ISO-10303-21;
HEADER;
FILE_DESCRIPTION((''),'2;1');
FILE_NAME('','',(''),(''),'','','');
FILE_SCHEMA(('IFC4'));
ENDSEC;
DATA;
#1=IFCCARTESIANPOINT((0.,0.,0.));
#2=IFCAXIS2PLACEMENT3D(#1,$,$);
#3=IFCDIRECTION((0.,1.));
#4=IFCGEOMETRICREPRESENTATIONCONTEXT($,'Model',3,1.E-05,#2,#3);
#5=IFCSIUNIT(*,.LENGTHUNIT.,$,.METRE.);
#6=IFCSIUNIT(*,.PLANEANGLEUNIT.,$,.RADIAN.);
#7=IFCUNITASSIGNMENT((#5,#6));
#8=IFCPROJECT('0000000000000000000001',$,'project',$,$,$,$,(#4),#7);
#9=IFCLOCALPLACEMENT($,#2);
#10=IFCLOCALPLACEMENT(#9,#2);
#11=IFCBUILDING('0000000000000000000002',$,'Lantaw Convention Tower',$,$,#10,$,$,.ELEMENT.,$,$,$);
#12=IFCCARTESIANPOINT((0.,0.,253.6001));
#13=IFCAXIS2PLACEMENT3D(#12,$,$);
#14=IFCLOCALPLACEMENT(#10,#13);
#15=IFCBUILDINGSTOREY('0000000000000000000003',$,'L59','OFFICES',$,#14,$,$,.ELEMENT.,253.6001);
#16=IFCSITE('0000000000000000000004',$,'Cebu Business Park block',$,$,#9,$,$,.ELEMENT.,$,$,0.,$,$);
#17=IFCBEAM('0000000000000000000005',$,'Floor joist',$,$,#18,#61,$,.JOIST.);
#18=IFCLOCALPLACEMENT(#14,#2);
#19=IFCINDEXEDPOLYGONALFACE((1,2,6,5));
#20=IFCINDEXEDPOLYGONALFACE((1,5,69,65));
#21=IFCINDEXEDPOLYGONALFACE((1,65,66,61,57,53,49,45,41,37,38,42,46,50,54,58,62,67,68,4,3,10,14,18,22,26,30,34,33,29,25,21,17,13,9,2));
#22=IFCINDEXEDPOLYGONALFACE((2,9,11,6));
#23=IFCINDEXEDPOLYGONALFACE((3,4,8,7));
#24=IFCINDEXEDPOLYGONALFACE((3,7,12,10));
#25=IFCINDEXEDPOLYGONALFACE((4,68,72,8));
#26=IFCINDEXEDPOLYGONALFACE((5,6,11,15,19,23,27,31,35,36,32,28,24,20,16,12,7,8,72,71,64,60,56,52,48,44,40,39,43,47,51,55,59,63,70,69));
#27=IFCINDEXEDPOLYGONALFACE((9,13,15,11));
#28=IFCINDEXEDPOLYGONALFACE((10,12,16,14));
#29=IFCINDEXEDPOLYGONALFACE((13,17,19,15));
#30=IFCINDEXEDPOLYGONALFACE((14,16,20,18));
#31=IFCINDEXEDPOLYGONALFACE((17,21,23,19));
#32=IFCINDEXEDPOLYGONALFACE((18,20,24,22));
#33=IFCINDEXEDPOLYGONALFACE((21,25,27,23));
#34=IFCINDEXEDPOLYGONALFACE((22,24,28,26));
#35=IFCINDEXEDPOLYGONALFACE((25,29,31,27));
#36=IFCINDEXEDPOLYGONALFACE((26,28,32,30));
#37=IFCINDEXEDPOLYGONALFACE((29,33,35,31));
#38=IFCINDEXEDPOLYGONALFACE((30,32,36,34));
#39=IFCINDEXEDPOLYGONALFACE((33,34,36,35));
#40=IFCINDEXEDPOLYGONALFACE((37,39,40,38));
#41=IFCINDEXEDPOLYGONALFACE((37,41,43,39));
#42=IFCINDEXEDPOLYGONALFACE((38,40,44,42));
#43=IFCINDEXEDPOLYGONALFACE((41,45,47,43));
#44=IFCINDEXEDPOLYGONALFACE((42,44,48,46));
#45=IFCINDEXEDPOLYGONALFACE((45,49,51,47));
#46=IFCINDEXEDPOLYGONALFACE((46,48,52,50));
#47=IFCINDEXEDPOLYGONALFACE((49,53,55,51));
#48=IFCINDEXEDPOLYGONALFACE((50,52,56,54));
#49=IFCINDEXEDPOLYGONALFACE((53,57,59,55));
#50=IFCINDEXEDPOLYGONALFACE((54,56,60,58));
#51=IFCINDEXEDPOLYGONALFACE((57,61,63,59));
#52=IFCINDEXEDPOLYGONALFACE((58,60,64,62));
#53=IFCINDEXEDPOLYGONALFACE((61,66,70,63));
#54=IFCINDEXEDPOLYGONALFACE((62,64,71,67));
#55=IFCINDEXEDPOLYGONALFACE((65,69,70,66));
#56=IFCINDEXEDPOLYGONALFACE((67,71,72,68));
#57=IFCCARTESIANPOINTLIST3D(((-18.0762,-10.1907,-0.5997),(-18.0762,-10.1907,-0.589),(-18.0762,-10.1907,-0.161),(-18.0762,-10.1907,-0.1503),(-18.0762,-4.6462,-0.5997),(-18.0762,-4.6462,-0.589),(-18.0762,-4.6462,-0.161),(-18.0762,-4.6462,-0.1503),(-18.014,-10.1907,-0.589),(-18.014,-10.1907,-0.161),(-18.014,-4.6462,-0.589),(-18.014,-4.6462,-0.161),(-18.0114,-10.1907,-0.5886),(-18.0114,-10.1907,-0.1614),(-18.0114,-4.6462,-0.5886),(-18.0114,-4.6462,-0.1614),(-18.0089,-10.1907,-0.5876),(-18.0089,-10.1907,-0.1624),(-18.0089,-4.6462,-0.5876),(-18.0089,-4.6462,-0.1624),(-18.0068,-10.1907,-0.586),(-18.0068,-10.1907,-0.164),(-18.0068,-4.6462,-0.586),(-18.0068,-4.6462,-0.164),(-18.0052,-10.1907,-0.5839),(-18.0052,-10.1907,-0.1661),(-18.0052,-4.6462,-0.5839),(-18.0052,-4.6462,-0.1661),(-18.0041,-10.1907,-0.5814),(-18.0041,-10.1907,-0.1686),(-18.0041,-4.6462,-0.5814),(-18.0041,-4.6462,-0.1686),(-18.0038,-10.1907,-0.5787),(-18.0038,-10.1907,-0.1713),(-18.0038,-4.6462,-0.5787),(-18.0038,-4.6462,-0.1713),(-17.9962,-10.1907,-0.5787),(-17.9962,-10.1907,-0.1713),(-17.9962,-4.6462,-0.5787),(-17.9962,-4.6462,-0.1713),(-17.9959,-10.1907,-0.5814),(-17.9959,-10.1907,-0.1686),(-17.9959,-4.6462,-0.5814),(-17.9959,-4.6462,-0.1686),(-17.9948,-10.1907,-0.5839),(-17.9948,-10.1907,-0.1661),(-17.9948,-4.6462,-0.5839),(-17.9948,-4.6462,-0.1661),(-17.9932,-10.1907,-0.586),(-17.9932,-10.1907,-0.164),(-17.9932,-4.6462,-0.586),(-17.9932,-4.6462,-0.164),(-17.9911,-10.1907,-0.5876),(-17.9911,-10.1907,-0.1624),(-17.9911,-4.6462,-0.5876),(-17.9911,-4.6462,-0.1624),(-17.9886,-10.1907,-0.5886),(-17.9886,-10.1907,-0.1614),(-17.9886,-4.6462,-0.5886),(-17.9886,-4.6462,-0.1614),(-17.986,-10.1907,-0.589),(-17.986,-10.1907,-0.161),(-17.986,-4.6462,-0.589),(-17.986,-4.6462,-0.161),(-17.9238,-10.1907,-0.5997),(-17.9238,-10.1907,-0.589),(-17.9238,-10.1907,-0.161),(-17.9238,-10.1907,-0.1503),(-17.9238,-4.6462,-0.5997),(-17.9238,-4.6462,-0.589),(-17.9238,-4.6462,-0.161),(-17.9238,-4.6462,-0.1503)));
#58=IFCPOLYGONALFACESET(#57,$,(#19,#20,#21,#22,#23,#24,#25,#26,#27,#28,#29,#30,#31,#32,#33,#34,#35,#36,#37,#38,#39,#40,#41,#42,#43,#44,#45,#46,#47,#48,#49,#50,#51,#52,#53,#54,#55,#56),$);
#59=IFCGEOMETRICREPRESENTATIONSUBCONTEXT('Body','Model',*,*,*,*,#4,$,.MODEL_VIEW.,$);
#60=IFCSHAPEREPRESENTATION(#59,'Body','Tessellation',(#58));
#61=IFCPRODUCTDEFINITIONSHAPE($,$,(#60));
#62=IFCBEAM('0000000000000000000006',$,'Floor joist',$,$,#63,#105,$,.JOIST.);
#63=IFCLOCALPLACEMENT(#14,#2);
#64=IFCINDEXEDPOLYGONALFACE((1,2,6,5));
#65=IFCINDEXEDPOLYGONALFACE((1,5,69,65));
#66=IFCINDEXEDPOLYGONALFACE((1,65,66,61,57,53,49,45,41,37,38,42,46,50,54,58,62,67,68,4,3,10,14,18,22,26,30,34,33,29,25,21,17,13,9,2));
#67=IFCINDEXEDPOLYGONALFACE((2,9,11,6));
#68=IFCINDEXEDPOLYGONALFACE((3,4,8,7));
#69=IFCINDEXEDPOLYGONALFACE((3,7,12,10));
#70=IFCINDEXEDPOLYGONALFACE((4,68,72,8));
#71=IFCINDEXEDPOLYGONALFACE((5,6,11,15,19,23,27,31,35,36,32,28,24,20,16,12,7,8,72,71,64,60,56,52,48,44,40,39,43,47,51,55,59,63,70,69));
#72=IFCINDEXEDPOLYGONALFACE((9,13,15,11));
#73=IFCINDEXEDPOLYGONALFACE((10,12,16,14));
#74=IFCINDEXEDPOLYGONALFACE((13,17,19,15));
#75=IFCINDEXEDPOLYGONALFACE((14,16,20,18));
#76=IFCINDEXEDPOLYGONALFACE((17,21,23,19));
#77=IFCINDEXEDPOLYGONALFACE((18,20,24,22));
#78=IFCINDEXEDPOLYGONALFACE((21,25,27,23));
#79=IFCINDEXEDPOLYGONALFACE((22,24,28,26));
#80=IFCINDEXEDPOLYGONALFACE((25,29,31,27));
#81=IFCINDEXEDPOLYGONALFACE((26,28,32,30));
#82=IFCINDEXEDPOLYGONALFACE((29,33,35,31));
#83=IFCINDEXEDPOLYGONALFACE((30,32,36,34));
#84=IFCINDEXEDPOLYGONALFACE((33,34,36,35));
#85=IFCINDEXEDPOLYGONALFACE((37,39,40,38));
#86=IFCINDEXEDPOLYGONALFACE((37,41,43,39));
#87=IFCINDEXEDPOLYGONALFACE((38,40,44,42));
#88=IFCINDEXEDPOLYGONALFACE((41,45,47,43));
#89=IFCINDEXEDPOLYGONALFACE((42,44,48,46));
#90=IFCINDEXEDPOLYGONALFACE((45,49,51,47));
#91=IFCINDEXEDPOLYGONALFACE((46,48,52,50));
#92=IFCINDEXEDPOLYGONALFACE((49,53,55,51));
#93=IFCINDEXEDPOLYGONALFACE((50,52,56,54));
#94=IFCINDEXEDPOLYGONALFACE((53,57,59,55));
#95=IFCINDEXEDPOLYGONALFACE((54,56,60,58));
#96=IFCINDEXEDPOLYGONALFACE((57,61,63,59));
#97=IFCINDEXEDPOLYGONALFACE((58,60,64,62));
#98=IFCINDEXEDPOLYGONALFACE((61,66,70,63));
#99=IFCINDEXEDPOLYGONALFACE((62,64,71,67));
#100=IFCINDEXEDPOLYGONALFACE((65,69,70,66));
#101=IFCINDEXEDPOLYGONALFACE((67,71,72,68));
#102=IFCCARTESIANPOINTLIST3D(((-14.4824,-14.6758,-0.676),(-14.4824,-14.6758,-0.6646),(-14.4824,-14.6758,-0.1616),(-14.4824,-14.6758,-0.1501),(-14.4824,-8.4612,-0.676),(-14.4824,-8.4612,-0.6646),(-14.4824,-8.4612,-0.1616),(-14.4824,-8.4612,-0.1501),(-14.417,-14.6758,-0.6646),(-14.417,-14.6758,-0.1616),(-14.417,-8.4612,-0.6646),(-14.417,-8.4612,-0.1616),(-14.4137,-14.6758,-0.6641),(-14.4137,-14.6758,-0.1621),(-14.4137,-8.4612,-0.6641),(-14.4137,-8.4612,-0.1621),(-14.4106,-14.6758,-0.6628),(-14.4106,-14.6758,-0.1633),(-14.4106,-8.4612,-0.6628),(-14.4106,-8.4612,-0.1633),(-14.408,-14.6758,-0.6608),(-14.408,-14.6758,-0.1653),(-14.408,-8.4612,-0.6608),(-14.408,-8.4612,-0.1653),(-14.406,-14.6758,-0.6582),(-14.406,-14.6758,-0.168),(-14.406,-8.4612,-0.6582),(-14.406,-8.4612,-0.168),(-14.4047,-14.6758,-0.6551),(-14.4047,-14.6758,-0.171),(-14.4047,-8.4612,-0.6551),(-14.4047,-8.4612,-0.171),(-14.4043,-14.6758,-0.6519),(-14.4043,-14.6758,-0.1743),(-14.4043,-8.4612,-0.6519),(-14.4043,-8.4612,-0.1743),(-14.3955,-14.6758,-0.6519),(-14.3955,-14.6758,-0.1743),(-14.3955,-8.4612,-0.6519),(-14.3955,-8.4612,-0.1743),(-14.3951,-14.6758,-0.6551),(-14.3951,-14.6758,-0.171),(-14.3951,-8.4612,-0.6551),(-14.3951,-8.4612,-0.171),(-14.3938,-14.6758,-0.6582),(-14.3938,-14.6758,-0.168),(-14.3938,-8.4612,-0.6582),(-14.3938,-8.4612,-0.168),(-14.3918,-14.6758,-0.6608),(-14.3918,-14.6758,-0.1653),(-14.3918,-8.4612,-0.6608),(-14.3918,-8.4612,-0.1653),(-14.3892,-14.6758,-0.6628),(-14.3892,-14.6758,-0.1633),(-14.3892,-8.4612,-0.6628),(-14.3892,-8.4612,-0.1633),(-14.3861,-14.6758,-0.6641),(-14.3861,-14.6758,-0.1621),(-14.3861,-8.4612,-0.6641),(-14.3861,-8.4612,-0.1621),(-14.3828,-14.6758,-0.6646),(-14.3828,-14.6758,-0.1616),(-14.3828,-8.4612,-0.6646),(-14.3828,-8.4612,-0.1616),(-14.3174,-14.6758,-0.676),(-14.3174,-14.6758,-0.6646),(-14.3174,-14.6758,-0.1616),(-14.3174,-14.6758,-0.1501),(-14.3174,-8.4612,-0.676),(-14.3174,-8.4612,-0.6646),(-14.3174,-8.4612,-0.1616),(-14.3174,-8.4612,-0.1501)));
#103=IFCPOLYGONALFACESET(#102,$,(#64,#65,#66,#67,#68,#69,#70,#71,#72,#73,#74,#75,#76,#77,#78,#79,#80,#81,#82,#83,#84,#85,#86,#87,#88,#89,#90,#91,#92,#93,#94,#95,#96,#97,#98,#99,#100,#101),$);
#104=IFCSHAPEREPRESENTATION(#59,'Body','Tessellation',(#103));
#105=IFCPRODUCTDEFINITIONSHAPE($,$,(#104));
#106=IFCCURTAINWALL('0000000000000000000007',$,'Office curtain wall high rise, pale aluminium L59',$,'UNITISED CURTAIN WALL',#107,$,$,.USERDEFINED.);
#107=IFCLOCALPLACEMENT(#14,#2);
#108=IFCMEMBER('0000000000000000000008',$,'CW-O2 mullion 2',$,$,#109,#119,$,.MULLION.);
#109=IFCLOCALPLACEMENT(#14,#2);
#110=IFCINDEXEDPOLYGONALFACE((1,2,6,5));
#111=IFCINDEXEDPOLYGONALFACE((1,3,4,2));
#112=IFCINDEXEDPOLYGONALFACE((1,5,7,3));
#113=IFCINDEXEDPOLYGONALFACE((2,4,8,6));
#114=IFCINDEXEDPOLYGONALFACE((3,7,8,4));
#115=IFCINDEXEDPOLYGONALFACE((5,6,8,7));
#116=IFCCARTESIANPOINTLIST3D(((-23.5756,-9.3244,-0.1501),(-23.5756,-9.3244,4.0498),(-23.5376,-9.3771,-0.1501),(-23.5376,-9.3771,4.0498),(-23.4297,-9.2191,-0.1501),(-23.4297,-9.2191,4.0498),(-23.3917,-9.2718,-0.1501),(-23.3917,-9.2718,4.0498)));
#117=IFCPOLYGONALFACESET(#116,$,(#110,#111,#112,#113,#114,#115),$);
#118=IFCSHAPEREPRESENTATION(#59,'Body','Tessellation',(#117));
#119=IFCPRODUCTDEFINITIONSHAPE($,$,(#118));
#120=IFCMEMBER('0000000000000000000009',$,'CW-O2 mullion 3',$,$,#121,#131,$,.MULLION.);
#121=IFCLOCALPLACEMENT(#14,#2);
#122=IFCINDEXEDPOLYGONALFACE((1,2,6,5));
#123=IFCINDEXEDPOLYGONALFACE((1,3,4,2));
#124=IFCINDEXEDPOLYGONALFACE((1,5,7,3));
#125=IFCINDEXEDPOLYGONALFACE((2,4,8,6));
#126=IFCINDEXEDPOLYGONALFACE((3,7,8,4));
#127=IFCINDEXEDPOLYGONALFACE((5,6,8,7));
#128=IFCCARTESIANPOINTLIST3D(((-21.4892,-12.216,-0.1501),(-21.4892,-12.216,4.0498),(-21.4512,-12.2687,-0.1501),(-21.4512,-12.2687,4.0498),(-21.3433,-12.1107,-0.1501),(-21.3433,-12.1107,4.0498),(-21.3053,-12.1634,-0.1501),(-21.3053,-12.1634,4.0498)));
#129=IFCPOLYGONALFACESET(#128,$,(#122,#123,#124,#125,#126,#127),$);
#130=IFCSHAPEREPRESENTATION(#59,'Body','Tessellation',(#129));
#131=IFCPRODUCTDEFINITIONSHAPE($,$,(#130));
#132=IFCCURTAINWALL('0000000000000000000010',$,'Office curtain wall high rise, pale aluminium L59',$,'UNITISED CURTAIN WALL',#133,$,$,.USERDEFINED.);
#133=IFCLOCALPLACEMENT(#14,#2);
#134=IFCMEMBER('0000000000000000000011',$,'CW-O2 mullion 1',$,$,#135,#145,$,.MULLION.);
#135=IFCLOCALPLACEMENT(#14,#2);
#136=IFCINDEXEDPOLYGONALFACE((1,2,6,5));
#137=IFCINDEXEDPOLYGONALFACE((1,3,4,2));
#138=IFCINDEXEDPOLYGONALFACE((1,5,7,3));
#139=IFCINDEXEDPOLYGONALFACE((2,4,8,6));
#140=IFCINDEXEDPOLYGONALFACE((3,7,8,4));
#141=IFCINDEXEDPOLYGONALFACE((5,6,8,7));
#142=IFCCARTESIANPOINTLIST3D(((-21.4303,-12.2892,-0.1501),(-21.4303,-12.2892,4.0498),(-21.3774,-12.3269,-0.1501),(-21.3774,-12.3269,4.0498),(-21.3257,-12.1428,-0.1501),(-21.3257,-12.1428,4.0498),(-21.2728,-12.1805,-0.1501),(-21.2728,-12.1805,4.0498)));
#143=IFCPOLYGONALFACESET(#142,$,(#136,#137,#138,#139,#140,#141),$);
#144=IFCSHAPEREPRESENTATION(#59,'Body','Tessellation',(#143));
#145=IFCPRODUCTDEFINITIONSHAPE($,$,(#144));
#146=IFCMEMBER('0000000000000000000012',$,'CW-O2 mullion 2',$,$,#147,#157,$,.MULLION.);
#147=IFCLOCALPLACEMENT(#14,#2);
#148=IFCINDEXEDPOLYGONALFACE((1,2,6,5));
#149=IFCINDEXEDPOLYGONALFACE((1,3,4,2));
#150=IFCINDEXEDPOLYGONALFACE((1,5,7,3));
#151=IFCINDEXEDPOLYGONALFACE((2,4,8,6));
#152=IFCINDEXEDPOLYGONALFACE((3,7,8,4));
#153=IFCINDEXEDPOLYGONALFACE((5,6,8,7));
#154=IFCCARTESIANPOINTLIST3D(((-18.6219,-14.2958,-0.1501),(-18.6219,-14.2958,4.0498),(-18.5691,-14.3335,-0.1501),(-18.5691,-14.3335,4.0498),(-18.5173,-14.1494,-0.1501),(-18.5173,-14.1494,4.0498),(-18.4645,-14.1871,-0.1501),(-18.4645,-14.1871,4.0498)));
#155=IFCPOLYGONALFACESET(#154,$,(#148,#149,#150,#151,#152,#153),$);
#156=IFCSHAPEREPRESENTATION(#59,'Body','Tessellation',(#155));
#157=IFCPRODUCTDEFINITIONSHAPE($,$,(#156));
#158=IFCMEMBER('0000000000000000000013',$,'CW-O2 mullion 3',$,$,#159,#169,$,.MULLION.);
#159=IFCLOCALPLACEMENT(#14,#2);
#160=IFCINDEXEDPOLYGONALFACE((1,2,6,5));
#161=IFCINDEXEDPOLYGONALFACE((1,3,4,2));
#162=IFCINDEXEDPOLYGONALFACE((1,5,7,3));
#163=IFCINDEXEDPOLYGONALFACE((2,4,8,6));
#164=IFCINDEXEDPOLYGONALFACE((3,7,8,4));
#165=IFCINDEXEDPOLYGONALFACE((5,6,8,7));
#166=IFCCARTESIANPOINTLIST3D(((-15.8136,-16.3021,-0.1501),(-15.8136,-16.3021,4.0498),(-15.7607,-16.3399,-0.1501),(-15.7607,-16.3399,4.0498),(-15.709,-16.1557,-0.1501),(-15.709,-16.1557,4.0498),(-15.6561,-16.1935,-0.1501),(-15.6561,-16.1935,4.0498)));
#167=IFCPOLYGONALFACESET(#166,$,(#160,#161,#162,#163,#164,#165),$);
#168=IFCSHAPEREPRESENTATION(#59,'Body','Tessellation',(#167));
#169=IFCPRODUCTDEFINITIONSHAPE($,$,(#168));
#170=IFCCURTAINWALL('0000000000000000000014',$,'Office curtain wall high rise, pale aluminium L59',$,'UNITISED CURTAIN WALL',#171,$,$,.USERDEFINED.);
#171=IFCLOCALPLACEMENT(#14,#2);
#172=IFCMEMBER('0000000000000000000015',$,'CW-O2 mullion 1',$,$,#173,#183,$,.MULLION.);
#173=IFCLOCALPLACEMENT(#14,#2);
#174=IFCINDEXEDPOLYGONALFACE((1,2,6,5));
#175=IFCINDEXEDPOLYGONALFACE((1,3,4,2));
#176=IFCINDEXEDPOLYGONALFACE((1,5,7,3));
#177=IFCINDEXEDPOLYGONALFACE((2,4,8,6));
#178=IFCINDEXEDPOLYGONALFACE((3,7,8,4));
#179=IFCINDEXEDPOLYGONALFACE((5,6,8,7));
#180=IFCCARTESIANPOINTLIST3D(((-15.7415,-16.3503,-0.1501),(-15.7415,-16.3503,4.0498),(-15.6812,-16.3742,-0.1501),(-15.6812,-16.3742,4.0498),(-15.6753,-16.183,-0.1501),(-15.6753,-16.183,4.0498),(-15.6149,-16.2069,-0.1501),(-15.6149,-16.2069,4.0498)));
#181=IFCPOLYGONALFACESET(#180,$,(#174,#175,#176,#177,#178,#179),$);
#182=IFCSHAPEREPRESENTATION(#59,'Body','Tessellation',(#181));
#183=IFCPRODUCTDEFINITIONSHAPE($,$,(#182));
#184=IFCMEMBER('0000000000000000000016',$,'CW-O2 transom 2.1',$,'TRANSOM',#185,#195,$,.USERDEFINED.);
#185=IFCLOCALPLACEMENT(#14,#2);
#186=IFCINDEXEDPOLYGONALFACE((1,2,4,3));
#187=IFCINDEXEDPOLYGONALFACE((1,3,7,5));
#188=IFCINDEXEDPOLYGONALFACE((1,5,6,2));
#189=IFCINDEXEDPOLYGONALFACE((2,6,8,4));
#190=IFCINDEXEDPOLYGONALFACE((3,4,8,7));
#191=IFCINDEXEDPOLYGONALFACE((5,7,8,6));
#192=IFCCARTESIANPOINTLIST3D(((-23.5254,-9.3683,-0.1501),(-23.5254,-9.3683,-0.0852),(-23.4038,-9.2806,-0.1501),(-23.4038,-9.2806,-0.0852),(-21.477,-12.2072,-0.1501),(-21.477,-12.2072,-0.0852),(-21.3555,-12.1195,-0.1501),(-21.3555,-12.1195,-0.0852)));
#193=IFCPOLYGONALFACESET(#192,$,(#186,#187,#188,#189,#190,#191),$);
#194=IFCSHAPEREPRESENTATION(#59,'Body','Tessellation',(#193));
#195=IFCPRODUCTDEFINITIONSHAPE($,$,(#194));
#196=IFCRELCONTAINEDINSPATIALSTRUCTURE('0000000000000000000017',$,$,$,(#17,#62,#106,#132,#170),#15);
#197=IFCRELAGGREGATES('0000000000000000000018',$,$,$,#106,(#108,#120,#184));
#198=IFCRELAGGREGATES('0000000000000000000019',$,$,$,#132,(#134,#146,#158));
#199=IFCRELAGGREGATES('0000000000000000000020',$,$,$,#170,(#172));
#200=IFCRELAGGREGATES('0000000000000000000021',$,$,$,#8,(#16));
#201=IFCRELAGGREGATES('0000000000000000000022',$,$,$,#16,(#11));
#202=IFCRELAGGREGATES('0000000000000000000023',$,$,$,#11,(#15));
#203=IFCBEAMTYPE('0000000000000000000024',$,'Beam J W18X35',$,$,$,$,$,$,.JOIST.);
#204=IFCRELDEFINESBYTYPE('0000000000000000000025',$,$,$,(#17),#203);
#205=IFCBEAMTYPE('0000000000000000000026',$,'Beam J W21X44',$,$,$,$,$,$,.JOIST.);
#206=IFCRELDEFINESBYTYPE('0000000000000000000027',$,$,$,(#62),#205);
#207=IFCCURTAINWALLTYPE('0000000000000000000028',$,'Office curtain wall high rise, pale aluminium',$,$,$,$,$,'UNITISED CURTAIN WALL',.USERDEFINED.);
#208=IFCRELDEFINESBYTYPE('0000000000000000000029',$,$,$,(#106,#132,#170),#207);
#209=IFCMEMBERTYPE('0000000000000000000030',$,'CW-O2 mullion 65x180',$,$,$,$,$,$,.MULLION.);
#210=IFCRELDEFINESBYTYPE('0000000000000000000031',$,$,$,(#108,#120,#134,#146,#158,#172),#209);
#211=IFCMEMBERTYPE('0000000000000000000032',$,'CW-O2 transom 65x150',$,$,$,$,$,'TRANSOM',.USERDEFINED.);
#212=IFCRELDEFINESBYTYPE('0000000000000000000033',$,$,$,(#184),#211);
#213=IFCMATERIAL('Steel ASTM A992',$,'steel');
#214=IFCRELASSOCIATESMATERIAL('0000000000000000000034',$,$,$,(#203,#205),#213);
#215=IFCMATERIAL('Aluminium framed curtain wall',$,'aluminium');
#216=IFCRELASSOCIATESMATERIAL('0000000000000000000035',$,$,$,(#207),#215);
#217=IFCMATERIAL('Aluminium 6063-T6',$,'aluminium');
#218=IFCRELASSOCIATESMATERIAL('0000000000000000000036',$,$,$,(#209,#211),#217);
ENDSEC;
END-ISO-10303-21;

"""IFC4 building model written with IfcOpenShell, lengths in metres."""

from ifc_helpers import new_model, si_unit, direction, frame, origin, origin_2d, place, context, subcontext, project, spatial, rectangle, i_section, extrude, material, material_profile, profile_set, type_object, element, aggregate, save


model = new_model("IFC4")

# Units and contexts
model_context = context("Model", 3, precision=1e-05, world=origin(), true_north=direction((0.0, 1.0)))
body_context = subcontext(model_context, "Body", "Model", "MODEL_VIEW")
ifc_project = project(units=[si_unit("LENGTHUNIT", "METRE"), si_unit("PLANEANGLEUNIT", "RADIAN")], contexts=[model_context])

# Site, building, storey
site_placement = place(None, origin())
site = spatial("IfcSite", under=ifc_project, at=site_placement, Name="Cebu Business Park block", CompositionType="ELEMENT", RefElevation=0.0)
building_placement = place(site_placement, origin())
building = spatial("IfcBuilding", under=site, at=building_placement, Name="Lantaw Convention Tower", CompositionType="ELEMENT")
storey_placement = place(building_placement, frame((0.0, 0.0, 253.6001)))
storey = spatial("IfcBuildingStorey", under=building, at=storey_placement, Name="L59", Description="OFFICES", CompositionType="ELEMENT", Elevation=253.6001)

# Beams
ifc_material_1 = material(Name="Steel ASTM A992", Category="steel")
ifc_material_profile_1 = material_profile(ifc_material_1, i_section(OverallWidth=0.1523, OverallDepth=0.4495, WebThickness=0.0076, FlangeThickness=0.0107, FilletRadius=0.0103, at=origin_2d()), Name="W18X35")
ifc_profile_set_1 = profile_set([ifc_material_profile_1], Name="Steel ASTM A992")
beam_type_1 = type_object("IfcBeamType", Name="Beam J W18X35", PredefinedType="JOIST", material=ifc_profile_set_1)
beam_1_placement = place(storey_placement, frame((-18.0, -10.1907, -0.375), z_axis=(0.0, 1.0, 0.0), x_axis=(-1.0, 0.0, 0.0)))
element("IfcBeam", 1, at=beam_1_placement, inside=storey, type_object=beam_type_1, Name="Floor joist", PredefinedType="JOIST", context=body_context, shape_type="SweptSolid", body=[
    extrude(i_section(OverallWidth=0.1523, OverallDepth=0.4495, WebThickness=0.0076, FlangeThickness=0.0107, FilletRadius=0.0103, at=origin_2d()), origin(), (0.0, 0.0, 1.0), 5.5444),
])
ifc_material_profile_2 = material_profile(ifc_material_1, i_section(OverallWidth=0.165, OverallDepth=0.5259, WebThickness=0.0088, FlangeThickness=0.0115, FilletRadius=0.0127, at=origin_2d()), Name="W21X44")
ifc_profile_set_2 = profile_set([ifc_material_profile_2], Name="Steel ASTM A992")
beam_type_2 = type_object("IfcBeamType", Name="Beam J W21X44", PredefinedType="JOIST", material=ifc_profile_set_2)
beam_2_placement = place(storey_placement, frame((-14.3999, -14.6758, -0.4131), z_axis=(0.0, 1.0, 0.0), x_axis=(-1.0, 0.0, 0.0)))
element("IfcBeam", 2, at=beam_2_placement, inside=storey, type_object=beam_type_2, Name="Floor joist", PredefinedType="JOIST", context=body_context, shape_type="SweptSolid", body=[
    extrude(i_section(OverallWidth=0.165, OverallDepth=0.5259, WebThickness=0.0088, FlangeThickness=0.0115, FilletRadius=0.0127, at=origin_2d()), origin(), (0.0, 0.0, 1.0), 6.2146),
])

# Curtain walls, members
ifc_material_2 = material(Name="Aluminium framed curtain wall", Category="aluminium")
curtain_wall_type = type_object("IfcCurtainWallType", Name="Office curtain wall high rise, pale aluminium", ElementType="UNITISED CURTAIN WALL", PredefinedType="USERDEFINED", material=ifc_material_2)
curtain_wall_1_placement = place(storey_placement, origin())
curtain_wall_1 = element("IfcCurtainWall", 3, at=curtain_wall_1_placement, inside=storey, type_object=curtain_wall_type, Name="Office curtain wall high rise, pale aluminium L59", ObjectType="UNITISED CURTAIN WALL", PredefinedType="USERDEFINED")
ifc_material_3 = material(Name="Aluminium 6063-T6", Category="aluminium")
ifc_material_profile_3 = material_profile(ifc_material_3, rectangle(XDim=0.1799, YDim=0.0649, at=origin_2d()), Name="CW-O2 mullion 65x180")
ifc_profile_set_3 = profile_set([ifc_material_profile_3], Name="Aluminium 6063-T6")
member_type_1 = type_object("IfcMemberType", Name="CW-O2 mullion 65x180", PredefinedType="MULLION", material=ifc_profile_set_3)
member_1_placement = place(storey_placement, frame((-23.4836, -9.2981, -0.1501), z_axis=(0.0, 0.0, 1.0), x_axis=(0.81092, 0.585158, 0.0)))
member_1 = element("IfcMember", 4, at=member_1_placement, type_object=member_type_1, Name="CW-O2 mullion 2", PredefinedType="MULLION", context=body_context, shape_type="SweptSolid", body=[
    extrude(rectangle(XDim=0.1799, YDim=0.0649, at=origin_2d()), origin(), (0.0, 0.0, 1.0), 4.2),
])
member_2_placement = place(storey_placement, frame((-21.3972, -12.1897, -0.1501), z_axis=(0.0, 0.0, 1.0), x_axis=(0.81092, 0.585158, 0.0)))
member_2 = element("IfcMember", 5, at=member_2_placement, type_object=member_type_1, Name="CW-O2 mullion 3", PredefinedType="MULLION", context=body_context, shape_type="SweptSolid", body=[
    extrude(rectangle(XDim=0.1799, YDim=0.0649, at=origin_2d()), origin(), (0.0, 0.0, 1.0), 4.2),
])
curtain_wall_2_placement = place(storey_placement, origin())
curtain_wall_2 = element("IfcCurtainWall", 6, at=curtain_wall_2_placement, inside=storey, type_object=curtain_wall_type, Name="Office curtain wall high rise, pale aluminium L59", ObjectType="UNITISED CURTAIN WALL", PredefinedType="USERDEFINED")
member_3_placement = place(storey_placement, frame((-21.3516, -12.2349, -0.1501), z_axis=(0.0, 0.0, 1.0), x_axis=(0.581323, 0.813673, 0.0)))
member_3 = element("IfcMember", 7, at=member_3_placement, type_object=member_type_1, Name="CW-O2 mullion 1", PredefinedType="MULLION", context=body_context, shape_type="SweptSolid", body=[
    extrude(rectangle(XDim=0.1799, YDim=0.0649, at=origin_2d()), origin(), (0.0, 0.0, 1.0), 4.2),
])
member_4_placement = place(storey_placement, frame((-18.5432, -14.2415, -0.1501), z_axis=(0.0, 0.0, 1.0), x_axis=(0.581323, 0.813673, 0.0)))
member_4 = element("IfcMember", 8, at=member_4_placement, type_object=member_type_1, Name="CW-O2 mullion 2", PredefinedType="MULLION", context=body_context, shape_type="SweptSolid", body=[
    extrude(rectangle(XDim=0.1799, YDim=0.0649, at=origin_2d()), origin(), (0.0, 0.0, 1.0), 4.2),
])
member_5_placement = place(storey_placement, frame((-15.7349, -16.2478, -0.1501), z_axis=(0.0, 0.0, 1.0), x_axis=(0.581323, 0.813673, 0.0)))
member_5 = element("IfcMember", 9, at=member_5_placement, type_object=member_type_1, Name="CW-O2 mullion 3", PredefinedType="MULLION", context=body_context, shape_type="SweptSolid", body=[
    extrude(rectangle(XDim=0.1799, YDim=0.0649, at=origin_2d()), origin(), (0.0, 0.0, 1.0), 4.2),
])

# Curtain wall, member
curtain_wall_3_placement = place(storey_placement, origin())
curtain_wall_3 = element("IfcCurtainWall", 10, at=curtain_wall_3_placement, inside=storey, type_object=curtain_wall_type, Name="Office curtain wall high rise, pale aluminium L59", ObjectType="UNITISED CURTAIN WALL", PredefinedType="USERDEFINED")
member_6_placement = place(storey_placement, frame((-15.6782, -16.2786, -0.1501), z_axis=(0.0, 0.0, 1.0), x_axis=(0.368162, 0.929762, 0.0)))
member_6 = element("IfcMember", 11, at=member_6_placement, type_object=member_type_1, Name="CW-O2 mullion 1", PredefinedType="MULLION", context=body_context, shape_type="SweptSolid", body=[
    extrude(rectangle(XDim=0.1799, YDim=0.0649, at=origin_2d()), origin(), (0.0, 0.0, 1.0), 4.2),
])

# Member
ifc_material_profile_4 = material_profile(ifc_material_3, rectangle(XDim=0.1499, YDim=0.0649, at=origin_2d()), Name="CW-O2 transom 65x150")
ifc_profile_set_4 = profile_set([ifc_material_profile_4], Name="Aluminium 6063-T6")
member_type_2 = type_object("IfcMemberType", Name="CW-O2 transom 65x150", ElementType="TRANSOM", PredefinedType="USERDEFINED", material=ifc_profile_set_4)
member_7_placement = place(storey_placement, frame((-23.4646, -9.3245, -0.1177), z_axis=(0.585124, -0.810944, 0.0), x_axis=(0.810944, 0.585124, 0.0)))
member_7 = element("IfcMember", 12, at=member_7_placement, type_object=member_type_2, Name="CW-O2 transom 2.1", ObjectType="TRANSOM", PredefinedType="USERDEFINED", context=body_context, shape_type="SweptSolid", body=[
    extrude(rectangle(XDim=0.1499, YDim=0.0649, at=origin_2d()), origin(), (0.0, 0.0, 1.0), 3.5007),
])

aggregate(curtain_wall_1, [member_1, member_2, member_7])
aggregate(curtain_wall_2, [member_3, member_4, member_5])
aggregate(curtain_wall_3, [member_6])

save(model, "model.ifc")
